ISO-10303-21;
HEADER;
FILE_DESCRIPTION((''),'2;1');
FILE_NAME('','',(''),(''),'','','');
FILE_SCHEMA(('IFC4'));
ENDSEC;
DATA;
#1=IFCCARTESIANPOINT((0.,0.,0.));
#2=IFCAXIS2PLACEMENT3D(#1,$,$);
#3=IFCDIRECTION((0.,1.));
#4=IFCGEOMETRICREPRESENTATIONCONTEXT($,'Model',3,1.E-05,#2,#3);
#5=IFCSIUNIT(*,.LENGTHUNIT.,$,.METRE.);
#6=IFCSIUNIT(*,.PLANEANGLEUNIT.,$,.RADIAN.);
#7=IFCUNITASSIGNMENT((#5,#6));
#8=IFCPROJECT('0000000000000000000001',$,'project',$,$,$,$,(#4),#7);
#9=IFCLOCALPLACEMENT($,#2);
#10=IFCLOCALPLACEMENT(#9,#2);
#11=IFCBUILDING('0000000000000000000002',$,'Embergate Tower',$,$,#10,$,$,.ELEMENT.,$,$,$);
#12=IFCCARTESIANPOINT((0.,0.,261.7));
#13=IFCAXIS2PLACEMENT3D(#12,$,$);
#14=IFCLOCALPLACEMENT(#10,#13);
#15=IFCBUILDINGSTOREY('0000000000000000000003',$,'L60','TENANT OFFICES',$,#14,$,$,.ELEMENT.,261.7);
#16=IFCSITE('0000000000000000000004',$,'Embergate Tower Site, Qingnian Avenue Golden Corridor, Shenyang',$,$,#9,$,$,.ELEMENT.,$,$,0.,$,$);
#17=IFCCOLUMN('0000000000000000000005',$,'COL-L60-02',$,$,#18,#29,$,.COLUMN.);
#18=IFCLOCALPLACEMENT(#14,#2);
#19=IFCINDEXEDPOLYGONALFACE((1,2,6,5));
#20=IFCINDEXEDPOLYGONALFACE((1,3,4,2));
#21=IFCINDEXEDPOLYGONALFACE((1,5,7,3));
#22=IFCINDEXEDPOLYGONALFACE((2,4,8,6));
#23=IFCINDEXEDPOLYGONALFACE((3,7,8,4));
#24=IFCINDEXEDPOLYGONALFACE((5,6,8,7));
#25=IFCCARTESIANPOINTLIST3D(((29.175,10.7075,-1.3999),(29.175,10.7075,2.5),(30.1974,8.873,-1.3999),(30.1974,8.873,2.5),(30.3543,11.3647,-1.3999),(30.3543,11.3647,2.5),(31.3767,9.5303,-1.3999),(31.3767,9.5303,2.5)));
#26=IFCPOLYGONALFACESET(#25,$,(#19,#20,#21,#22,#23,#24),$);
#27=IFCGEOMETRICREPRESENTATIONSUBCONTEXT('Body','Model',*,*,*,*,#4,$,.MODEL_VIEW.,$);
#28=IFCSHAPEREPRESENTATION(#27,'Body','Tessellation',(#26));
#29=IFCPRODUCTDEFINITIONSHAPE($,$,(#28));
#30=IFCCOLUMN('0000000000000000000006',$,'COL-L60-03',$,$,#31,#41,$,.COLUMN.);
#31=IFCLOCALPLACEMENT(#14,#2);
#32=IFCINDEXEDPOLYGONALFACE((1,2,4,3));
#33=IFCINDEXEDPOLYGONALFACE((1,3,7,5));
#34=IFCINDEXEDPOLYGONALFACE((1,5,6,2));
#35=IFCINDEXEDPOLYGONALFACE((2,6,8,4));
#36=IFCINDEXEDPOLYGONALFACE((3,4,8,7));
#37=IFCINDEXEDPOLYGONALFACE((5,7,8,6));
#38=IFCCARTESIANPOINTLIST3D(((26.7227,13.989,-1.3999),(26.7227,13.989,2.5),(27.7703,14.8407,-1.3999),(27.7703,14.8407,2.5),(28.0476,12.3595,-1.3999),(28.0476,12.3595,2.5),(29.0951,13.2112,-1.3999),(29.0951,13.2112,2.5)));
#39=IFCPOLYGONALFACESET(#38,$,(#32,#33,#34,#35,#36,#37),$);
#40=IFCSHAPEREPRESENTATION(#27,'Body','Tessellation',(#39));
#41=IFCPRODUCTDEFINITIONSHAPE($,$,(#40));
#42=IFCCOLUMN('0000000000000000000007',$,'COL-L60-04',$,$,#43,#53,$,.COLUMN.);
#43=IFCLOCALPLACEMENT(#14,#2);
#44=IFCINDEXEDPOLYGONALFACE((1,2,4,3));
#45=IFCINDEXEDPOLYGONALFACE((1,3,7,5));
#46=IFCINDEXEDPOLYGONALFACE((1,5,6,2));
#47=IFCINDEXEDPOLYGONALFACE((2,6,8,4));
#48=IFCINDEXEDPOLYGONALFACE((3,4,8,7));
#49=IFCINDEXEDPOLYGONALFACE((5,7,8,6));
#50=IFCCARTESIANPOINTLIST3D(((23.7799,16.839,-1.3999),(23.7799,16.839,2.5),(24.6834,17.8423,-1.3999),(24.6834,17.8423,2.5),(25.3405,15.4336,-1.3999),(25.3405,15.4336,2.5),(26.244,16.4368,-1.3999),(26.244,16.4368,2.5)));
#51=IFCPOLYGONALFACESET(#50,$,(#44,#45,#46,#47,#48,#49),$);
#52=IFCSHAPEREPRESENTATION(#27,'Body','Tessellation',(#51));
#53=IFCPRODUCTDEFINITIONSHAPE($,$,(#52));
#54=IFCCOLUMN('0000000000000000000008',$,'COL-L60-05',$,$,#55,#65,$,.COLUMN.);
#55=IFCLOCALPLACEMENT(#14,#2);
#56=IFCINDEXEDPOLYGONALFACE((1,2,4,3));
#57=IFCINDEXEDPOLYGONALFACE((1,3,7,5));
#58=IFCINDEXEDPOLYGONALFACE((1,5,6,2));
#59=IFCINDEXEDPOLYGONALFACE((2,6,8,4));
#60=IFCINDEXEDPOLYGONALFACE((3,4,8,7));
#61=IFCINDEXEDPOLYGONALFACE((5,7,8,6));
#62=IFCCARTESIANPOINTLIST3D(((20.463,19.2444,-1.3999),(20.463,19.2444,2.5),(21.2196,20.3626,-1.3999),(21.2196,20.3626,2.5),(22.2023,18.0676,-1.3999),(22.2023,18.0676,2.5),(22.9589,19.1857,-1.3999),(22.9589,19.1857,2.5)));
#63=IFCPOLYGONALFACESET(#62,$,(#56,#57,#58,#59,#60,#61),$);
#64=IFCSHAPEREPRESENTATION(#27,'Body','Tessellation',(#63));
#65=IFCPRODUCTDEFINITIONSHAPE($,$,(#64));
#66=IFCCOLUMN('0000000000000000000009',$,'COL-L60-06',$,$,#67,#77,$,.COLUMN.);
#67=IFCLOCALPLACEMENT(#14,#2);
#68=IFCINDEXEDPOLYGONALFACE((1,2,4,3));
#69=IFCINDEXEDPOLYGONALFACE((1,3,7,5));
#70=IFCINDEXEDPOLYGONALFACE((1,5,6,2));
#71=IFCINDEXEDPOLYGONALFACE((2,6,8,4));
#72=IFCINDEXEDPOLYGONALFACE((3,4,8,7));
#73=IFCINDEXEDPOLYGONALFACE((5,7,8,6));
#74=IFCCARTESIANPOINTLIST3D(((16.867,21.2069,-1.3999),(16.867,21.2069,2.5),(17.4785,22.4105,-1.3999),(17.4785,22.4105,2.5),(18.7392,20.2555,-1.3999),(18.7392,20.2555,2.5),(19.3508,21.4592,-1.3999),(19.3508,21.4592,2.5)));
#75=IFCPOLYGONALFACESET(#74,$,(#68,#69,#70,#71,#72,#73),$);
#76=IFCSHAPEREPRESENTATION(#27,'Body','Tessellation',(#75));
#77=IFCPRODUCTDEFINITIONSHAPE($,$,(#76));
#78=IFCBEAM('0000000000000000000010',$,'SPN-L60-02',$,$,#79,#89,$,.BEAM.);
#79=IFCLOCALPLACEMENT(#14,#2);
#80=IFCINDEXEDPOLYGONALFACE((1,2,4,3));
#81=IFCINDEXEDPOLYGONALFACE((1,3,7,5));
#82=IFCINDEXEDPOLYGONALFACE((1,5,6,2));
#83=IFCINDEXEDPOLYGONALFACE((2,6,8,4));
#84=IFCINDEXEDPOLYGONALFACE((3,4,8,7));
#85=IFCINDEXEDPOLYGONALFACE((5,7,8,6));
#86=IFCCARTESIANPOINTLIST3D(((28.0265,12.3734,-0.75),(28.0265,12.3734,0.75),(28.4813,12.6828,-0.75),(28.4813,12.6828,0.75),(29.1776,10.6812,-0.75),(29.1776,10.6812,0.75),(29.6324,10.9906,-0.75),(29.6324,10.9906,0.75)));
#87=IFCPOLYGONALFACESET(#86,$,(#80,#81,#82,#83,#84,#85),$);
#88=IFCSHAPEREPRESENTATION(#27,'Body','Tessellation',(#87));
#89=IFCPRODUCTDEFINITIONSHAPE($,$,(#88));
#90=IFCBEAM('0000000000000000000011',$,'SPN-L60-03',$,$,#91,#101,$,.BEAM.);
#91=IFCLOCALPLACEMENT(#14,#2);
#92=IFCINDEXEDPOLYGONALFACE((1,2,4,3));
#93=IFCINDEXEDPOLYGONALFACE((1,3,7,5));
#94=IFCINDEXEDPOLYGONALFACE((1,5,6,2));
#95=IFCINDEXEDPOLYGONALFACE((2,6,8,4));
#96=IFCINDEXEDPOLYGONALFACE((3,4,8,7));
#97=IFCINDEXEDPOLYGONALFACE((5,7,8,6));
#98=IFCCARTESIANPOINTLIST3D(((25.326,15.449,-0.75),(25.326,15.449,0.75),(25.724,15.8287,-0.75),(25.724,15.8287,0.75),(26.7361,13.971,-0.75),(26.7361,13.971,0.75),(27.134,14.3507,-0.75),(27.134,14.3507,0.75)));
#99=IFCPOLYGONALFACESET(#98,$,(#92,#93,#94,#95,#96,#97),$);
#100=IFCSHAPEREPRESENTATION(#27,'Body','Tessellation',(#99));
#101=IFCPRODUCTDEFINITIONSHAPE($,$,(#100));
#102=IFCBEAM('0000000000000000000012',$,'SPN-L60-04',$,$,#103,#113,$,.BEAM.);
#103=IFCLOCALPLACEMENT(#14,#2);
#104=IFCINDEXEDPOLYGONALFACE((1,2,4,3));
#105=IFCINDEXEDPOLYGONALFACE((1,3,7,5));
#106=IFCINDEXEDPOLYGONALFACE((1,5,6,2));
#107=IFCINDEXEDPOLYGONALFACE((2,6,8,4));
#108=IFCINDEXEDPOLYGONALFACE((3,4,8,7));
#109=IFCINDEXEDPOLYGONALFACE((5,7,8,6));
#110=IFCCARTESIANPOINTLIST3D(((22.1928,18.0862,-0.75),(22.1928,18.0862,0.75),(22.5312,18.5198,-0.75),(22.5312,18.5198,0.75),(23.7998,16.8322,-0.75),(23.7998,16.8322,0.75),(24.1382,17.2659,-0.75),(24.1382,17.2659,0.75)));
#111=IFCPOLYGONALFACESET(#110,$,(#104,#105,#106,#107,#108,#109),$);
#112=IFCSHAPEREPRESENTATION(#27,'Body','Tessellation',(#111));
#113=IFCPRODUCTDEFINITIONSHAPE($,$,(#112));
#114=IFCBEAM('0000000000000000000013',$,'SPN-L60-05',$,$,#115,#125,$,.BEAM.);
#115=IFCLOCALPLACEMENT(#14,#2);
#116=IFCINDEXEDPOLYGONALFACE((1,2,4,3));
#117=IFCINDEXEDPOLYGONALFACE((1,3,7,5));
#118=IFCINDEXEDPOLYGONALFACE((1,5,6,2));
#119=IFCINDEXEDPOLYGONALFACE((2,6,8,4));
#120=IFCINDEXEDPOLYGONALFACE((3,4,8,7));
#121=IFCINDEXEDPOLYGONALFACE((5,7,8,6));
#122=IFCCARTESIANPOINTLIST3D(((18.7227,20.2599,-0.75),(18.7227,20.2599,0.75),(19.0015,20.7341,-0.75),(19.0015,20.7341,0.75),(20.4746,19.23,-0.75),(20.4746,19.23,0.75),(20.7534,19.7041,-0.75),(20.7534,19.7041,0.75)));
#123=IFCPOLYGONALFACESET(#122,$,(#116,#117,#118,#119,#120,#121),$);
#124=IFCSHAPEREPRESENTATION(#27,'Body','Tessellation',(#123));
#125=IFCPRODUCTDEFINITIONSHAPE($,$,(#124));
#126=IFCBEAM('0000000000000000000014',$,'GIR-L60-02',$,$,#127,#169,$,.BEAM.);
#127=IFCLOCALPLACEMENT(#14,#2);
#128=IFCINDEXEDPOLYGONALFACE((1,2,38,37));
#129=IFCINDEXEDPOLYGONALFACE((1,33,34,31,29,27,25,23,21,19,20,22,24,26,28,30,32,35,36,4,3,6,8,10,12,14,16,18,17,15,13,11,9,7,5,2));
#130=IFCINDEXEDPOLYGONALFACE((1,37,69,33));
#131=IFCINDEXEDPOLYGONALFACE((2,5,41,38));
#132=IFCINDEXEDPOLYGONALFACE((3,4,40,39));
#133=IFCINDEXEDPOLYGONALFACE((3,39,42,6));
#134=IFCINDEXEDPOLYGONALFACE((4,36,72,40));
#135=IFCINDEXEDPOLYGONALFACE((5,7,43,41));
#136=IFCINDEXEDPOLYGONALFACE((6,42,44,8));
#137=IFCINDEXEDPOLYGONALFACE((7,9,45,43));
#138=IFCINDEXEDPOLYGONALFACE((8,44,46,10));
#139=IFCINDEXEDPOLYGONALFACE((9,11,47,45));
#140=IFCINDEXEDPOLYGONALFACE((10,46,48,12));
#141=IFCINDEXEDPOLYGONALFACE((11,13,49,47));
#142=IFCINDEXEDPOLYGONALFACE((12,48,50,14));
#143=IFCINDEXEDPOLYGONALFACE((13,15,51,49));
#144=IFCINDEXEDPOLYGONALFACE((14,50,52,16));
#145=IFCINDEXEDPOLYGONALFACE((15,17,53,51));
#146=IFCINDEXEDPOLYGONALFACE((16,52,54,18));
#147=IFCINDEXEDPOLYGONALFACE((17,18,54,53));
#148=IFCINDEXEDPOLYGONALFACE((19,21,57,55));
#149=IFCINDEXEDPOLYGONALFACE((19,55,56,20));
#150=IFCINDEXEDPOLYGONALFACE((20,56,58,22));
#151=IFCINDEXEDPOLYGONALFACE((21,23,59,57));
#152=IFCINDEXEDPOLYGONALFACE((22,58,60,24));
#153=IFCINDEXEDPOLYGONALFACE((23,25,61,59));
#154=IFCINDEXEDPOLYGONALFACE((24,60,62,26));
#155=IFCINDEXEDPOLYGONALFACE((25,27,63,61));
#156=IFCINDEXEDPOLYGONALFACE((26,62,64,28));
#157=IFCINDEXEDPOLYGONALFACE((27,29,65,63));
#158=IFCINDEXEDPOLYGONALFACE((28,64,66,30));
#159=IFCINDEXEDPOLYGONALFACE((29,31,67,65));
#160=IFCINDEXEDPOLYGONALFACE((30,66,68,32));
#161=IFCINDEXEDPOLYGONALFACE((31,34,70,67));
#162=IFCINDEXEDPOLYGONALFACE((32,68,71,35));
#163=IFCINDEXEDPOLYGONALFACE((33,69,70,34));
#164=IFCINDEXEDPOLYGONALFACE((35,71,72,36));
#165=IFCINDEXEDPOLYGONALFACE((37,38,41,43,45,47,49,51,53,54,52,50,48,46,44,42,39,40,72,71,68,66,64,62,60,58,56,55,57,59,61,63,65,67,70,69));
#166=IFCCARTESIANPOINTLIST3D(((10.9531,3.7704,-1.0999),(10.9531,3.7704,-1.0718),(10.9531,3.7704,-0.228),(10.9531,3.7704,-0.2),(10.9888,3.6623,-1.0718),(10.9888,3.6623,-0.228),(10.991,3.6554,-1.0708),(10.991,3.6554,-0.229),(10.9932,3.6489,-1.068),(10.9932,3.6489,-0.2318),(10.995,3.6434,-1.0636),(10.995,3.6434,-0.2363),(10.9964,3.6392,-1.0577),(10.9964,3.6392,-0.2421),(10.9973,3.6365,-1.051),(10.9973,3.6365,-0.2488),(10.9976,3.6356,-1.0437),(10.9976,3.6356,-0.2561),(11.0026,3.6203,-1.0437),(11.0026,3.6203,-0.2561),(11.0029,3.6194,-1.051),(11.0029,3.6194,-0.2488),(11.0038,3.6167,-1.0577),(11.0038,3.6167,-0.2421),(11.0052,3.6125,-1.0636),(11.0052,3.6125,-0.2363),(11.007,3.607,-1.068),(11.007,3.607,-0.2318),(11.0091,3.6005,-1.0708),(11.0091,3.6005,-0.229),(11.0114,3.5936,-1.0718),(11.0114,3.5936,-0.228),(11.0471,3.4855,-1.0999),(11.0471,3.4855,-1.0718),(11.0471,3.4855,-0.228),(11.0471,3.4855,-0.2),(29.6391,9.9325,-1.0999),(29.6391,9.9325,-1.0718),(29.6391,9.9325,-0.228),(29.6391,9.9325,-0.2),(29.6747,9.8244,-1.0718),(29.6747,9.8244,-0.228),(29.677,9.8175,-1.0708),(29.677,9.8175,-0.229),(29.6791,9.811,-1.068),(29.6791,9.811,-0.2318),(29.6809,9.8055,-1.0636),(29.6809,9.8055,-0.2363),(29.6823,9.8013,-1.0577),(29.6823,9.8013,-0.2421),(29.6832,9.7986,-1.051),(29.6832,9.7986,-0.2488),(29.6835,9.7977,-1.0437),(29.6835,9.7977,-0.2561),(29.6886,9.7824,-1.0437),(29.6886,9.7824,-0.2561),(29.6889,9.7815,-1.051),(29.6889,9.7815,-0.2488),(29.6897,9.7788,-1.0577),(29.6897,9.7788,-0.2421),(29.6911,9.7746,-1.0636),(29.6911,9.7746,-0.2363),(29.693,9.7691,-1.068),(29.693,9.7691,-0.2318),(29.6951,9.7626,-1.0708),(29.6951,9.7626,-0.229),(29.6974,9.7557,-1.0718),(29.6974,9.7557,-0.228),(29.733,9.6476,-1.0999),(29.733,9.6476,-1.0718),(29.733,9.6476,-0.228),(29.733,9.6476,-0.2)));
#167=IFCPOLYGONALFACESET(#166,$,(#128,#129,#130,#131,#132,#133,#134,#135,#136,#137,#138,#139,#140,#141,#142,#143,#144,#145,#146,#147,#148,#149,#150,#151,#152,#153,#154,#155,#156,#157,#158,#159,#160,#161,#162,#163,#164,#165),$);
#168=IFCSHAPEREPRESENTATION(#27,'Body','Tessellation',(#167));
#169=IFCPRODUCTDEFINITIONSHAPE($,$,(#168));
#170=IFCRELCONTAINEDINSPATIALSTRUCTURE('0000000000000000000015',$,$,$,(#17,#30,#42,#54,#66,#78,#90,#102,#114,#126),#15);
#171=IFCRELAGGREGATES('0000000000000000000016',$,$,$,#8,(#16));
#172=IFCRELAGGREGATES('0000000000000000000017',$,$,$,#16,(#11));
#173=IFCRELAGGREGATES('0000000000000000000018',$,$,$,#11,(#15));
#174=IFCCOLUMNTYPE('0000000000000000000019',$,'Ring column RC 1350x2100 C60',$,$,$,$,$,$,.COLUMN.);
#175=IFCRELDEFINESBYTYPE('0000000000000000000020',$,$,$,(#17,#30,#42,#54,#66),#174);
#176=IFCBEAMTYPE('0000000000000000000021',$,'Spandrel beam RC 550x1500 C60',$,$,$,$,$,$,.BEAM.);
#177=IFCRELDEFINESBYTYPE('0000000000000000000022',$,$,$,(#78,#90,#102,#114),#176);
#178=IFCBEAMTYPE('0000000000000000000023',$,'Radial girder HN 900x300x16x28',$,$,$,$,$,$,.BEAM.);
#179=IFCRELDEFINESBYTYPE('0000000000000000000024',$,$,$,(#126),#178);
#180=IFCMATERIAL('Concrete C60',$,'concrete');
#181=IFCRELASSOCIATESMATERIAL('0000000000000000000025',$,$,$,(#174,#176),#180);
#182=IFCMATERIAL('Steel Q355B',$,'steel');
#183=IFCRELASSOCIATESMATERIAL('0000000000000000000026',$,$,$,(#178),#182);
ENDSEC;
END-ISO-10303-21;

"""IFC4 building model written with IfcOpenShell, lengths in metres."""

from ifc_helpers import new_model, si_unit, direction, frame, origin, origin_2d, place, context, subcontext, project, spatial, rectangle, i_section, extrude, source, transform, mapped, material, material_profile, profile_set, type_object, element, save


model = new_model("IFC4")

# Units and contexts
model_context = context("Model", 3, precision=1e-05, world=origin(), true_north=direction((0.0, 1.0)))
body_context = subcontext(model_context, "Body", "Model", "MODEL_VIEW")
ifc_project = project(units=[si_unit("LENGTHUNIT", "METRE"), si_unit("PLANEANGLEUNIT", "RADIAN")], contexts=[model_context])

# Site, building, storey
site_placement = place(None, origin())
site = spatial("IfcSite", under=ifc_project, at=site_placement, Name="Embergate Tower Site, Qingnian Avenue Golden Corridor, Shenyang", CompositionType="ELEMENT", RefElevation=0.0)
building_placement = place(site_placement, origin())
building = spatial("IfcBuilding", under=site, at=building_placement, Name="Embergate Tower", CompositionType="ELEMENT")
storey_placement = place(building_placement, frame((0.0, 0.0, 261.7)))
storey = spatial("IfcBuildingStorey", under=building, at=storey_placement, Name="L60", Description="TENANT OFFICES", CompositionType="ELEMENT", Elevation=261.7)

# Columns
ifc_material_1 = material(Name="Concrete C60", Category="concrete")
ifc_material_profile_1 = material_profile(ifc_material_1, rectangle(XDim=1.3501, YDim=2.1001, at=origin_2d()), Name="RC 1350x2100")
ifc_profile_set_1 = profile_set([ifc_material_profile_1], Name="Concrete C60")
column_type = type_object("IfcColumnType", Name="Ring column RC 1350x2100 C60", PredefinedType="COLUMN", material=ifc_profile_set_1)
shared_shape_1 = source(origin(), body_context, "Body", "SweptSolid", [
    extrude(rectangle(XDim=1.3501, YDim=2.1001, at=origin_2d()), origin(), (0.0, 0.0, 1.0), 3.8999),
])
for number, where, z_axis, x_axis, name in (
    (1, (30.2759, 10.1189, -1.3999), (0.0, 0.0, 1.0), (0.873492, 0.486839, 0.0), "COL-L60-02"),
    (2, (27.9089, 13.6001, -1.3999), (0.0, 0.0, 1.0), (0.775914, 0.630838, 0.0), "COL-L60-03"),
    (3, (25.012, 16.6379, -1.3999), (0.0, 0.0, 1.0), (0.669208, 0.743075, 0.0), "COL-L60-04"),
    (4, (21.7109, 19.2151, -1.3999), (0.0, 0.0, 1.0), (0.560393, 0.828227, 0.0), "COL-L60-05"),
    (5, (18.1089, 21.333, -1.3999), (0.0, 0.0, 1.0), (0.452995, 0.891513, 0.0), "COL-L60-06"),
):
    element("IfcColumn", number, at=place(storey_placement, frame(where, z_axis=z_axis, x_axis=x_axis)), inside=storey, type_object=column_type, Name=name, PredefinedType="COLUMN", context=body_context, shape_type="MappedRepresentation", body=[
        mapped(shared_shape_1, transform((0.0, 0.0, 0.0))),
    ])

# Beams
ifc_material_profile_2 = material_profile(ifc_material_1, rectangle(XDim=0.55, YDim=1.5, at=origin_2d()), Name="RC 550x1500")
ifc_profile_set_2 = profile_set([ifc_material_profile_2], Name="Concrete C60")
beam_type_1 = type_object("IfcBeamType", Name="Spandrel beam RC 550x1500 C60", PredefinedType="BEAM", material=ifc_profile_set_2)
shared_shape_2 = source(origin(), body_context, "Body", "SweptSolid", [
    extrude(rectangle(XDim=0.55, YDim=1.5, at=origin_2d()), origin(), (0.0, 0.0, 1.0), 2.0466),
])
beam_1_placement = place(storey_placement, frame((29.405, 10.8359, 0.0), z_axis=(-0.562467, 0.82682, 0.0), x_axis=(-0.82682, -0.562467, 0.0)))
element("IfcBeam", 6, at=beam_1_placement, inside=storey, type_object=beam_type_1, Name="SPN-L60-02", PredefinedType="BEAM", context=body_context, shape_type="MappedRepresentation", body=[
    mapped(shared_shape_2, transform((0.0, 0.0, 0.0))),
])
shared_shape_3 = source(origin(), body_context, "Body", "SweptSolid", [
    extrude(rectangle(XDim=0.55, YDim=1.5, at=origin_2d()), origin(), (0.0, 0.0, 1.0), 2.0427),
])
beam_2_placement = place(storey_placement, frame((26.9351, 14.1609, 0.0), z_axis=(-0.690299, 0.723524, 0.0), x_axis=(-0.723524, -0.690299, 0.0)))
element("IfcBeam", 7, at=beam_2_placement, inside=storey, type_object=beam_type_1, Name="SPN-L60-03", PredefinedType="BEAM", context=body_context, shape_type="MappedRepresentation", body=[
    mapped(shared_shape_3, transform((0.0, 0.0, 0.0))),
])
shared_shape_4 = source(origin(), body_context, "Body", "SweptSolid", [
    extrude(rectangle(XDim=0.55, YDim=1.5, at=origin_2d()), origin(), (0.0, 0.0, 1.0), 2.0383),
])
beam_3_placement = place(storey_placement, frame((23.969, 17.0491, 0.0), z_axis=(-0.788384, 0.615184, 0.0), x_axis=(-0.615184, -0.788384, 0.0)))
element("IfcBeam", 8, at=beam_3_placement, inside=storey, type_object=beam_type_1, Name="SPN-L60-04", PredefinedType="BEAM", context=body_context, shape_type="MappedRepresentation", body=[
    mapped(shared_shape_4, transform((0.0, 0.0, 0.0))),
])
shared_shape_5 = source(origin(), body_context, "Body", "SweptSolid", [
    extrude(rectangle(XDim=0.55, YDim=1.5, at=origin_2d()), origin(), (0.0, 0.0, 1.0), 2.0322),
])
beam_4_placement = place(storey_placement, frame((20.614, 19.467, 0.0), z_axis=(-0.862048, 0.506826, 0.0), x_axis=(-0.506826, -0.862048, 0.0)))
element("IfcBeam", 9, at=beam_4_placement, inside=storey, type_object=beam_type_1, Name="SPN-L60-05", PredefinedType="BEAM", context=body_context, shape_type="MappedRepresentation", body=[
    mapped(shared_shape_5, transform((0.0, 0.0, 0.0))),
])
ifc_material_2 = material(Name="Steel Q355B", Category="steel")
ifc_material_profile_3 = material_profile(ifc_material_2, i_section(OverallWidth=0.3, OverallDepth=0.8999, WebThickness=0.0161, FlangeThickness=0.0281, FilletRadius=0.0281, at=origin_2d()), Name="HN 900x300x16x28")
ifc_profile_set_3 = profile_set([ifc_material_profile_3], Name="Steel Q355 grade B")
beam_type_2 = type_object("IfcBeamType", Name="Radial girder HN 900x300x16x28", PredefinedType="BEAM", material=ifc_profile_set_3)
shared_shape_6 = source(origin(), body_context, "Body", "SweptSolid", [
    extrude(i_section(OverallWidth=0.3, OverallDepth=0.8999, WebThickness=0.0161, FlangeThickness=0.0281, FilletRadius=0.0281, at=origin_2d()), origin(), (0.0, 0.0, 1.0), 19.6758),
])
beam_5_placement = place(storey_placement, frame((29.686, 9.79, -0.6499), z_axis=(-0.949693, -0.313181, 0.0), x_axis=(0.313181, -0.949693, 0.0)))
element("IfcBeam", 10, at=beam_5_placement, inside=storey, type_object=beam_type_2, Name="GIR-L60-02", PredefinedType="BEAM", context=body_context, shape_type="MappedRepresentation", body=[
    mapped(shared_shape_6, transform((0.0, 0.0, 0.0))),
])

save(model, "model.ifc")
